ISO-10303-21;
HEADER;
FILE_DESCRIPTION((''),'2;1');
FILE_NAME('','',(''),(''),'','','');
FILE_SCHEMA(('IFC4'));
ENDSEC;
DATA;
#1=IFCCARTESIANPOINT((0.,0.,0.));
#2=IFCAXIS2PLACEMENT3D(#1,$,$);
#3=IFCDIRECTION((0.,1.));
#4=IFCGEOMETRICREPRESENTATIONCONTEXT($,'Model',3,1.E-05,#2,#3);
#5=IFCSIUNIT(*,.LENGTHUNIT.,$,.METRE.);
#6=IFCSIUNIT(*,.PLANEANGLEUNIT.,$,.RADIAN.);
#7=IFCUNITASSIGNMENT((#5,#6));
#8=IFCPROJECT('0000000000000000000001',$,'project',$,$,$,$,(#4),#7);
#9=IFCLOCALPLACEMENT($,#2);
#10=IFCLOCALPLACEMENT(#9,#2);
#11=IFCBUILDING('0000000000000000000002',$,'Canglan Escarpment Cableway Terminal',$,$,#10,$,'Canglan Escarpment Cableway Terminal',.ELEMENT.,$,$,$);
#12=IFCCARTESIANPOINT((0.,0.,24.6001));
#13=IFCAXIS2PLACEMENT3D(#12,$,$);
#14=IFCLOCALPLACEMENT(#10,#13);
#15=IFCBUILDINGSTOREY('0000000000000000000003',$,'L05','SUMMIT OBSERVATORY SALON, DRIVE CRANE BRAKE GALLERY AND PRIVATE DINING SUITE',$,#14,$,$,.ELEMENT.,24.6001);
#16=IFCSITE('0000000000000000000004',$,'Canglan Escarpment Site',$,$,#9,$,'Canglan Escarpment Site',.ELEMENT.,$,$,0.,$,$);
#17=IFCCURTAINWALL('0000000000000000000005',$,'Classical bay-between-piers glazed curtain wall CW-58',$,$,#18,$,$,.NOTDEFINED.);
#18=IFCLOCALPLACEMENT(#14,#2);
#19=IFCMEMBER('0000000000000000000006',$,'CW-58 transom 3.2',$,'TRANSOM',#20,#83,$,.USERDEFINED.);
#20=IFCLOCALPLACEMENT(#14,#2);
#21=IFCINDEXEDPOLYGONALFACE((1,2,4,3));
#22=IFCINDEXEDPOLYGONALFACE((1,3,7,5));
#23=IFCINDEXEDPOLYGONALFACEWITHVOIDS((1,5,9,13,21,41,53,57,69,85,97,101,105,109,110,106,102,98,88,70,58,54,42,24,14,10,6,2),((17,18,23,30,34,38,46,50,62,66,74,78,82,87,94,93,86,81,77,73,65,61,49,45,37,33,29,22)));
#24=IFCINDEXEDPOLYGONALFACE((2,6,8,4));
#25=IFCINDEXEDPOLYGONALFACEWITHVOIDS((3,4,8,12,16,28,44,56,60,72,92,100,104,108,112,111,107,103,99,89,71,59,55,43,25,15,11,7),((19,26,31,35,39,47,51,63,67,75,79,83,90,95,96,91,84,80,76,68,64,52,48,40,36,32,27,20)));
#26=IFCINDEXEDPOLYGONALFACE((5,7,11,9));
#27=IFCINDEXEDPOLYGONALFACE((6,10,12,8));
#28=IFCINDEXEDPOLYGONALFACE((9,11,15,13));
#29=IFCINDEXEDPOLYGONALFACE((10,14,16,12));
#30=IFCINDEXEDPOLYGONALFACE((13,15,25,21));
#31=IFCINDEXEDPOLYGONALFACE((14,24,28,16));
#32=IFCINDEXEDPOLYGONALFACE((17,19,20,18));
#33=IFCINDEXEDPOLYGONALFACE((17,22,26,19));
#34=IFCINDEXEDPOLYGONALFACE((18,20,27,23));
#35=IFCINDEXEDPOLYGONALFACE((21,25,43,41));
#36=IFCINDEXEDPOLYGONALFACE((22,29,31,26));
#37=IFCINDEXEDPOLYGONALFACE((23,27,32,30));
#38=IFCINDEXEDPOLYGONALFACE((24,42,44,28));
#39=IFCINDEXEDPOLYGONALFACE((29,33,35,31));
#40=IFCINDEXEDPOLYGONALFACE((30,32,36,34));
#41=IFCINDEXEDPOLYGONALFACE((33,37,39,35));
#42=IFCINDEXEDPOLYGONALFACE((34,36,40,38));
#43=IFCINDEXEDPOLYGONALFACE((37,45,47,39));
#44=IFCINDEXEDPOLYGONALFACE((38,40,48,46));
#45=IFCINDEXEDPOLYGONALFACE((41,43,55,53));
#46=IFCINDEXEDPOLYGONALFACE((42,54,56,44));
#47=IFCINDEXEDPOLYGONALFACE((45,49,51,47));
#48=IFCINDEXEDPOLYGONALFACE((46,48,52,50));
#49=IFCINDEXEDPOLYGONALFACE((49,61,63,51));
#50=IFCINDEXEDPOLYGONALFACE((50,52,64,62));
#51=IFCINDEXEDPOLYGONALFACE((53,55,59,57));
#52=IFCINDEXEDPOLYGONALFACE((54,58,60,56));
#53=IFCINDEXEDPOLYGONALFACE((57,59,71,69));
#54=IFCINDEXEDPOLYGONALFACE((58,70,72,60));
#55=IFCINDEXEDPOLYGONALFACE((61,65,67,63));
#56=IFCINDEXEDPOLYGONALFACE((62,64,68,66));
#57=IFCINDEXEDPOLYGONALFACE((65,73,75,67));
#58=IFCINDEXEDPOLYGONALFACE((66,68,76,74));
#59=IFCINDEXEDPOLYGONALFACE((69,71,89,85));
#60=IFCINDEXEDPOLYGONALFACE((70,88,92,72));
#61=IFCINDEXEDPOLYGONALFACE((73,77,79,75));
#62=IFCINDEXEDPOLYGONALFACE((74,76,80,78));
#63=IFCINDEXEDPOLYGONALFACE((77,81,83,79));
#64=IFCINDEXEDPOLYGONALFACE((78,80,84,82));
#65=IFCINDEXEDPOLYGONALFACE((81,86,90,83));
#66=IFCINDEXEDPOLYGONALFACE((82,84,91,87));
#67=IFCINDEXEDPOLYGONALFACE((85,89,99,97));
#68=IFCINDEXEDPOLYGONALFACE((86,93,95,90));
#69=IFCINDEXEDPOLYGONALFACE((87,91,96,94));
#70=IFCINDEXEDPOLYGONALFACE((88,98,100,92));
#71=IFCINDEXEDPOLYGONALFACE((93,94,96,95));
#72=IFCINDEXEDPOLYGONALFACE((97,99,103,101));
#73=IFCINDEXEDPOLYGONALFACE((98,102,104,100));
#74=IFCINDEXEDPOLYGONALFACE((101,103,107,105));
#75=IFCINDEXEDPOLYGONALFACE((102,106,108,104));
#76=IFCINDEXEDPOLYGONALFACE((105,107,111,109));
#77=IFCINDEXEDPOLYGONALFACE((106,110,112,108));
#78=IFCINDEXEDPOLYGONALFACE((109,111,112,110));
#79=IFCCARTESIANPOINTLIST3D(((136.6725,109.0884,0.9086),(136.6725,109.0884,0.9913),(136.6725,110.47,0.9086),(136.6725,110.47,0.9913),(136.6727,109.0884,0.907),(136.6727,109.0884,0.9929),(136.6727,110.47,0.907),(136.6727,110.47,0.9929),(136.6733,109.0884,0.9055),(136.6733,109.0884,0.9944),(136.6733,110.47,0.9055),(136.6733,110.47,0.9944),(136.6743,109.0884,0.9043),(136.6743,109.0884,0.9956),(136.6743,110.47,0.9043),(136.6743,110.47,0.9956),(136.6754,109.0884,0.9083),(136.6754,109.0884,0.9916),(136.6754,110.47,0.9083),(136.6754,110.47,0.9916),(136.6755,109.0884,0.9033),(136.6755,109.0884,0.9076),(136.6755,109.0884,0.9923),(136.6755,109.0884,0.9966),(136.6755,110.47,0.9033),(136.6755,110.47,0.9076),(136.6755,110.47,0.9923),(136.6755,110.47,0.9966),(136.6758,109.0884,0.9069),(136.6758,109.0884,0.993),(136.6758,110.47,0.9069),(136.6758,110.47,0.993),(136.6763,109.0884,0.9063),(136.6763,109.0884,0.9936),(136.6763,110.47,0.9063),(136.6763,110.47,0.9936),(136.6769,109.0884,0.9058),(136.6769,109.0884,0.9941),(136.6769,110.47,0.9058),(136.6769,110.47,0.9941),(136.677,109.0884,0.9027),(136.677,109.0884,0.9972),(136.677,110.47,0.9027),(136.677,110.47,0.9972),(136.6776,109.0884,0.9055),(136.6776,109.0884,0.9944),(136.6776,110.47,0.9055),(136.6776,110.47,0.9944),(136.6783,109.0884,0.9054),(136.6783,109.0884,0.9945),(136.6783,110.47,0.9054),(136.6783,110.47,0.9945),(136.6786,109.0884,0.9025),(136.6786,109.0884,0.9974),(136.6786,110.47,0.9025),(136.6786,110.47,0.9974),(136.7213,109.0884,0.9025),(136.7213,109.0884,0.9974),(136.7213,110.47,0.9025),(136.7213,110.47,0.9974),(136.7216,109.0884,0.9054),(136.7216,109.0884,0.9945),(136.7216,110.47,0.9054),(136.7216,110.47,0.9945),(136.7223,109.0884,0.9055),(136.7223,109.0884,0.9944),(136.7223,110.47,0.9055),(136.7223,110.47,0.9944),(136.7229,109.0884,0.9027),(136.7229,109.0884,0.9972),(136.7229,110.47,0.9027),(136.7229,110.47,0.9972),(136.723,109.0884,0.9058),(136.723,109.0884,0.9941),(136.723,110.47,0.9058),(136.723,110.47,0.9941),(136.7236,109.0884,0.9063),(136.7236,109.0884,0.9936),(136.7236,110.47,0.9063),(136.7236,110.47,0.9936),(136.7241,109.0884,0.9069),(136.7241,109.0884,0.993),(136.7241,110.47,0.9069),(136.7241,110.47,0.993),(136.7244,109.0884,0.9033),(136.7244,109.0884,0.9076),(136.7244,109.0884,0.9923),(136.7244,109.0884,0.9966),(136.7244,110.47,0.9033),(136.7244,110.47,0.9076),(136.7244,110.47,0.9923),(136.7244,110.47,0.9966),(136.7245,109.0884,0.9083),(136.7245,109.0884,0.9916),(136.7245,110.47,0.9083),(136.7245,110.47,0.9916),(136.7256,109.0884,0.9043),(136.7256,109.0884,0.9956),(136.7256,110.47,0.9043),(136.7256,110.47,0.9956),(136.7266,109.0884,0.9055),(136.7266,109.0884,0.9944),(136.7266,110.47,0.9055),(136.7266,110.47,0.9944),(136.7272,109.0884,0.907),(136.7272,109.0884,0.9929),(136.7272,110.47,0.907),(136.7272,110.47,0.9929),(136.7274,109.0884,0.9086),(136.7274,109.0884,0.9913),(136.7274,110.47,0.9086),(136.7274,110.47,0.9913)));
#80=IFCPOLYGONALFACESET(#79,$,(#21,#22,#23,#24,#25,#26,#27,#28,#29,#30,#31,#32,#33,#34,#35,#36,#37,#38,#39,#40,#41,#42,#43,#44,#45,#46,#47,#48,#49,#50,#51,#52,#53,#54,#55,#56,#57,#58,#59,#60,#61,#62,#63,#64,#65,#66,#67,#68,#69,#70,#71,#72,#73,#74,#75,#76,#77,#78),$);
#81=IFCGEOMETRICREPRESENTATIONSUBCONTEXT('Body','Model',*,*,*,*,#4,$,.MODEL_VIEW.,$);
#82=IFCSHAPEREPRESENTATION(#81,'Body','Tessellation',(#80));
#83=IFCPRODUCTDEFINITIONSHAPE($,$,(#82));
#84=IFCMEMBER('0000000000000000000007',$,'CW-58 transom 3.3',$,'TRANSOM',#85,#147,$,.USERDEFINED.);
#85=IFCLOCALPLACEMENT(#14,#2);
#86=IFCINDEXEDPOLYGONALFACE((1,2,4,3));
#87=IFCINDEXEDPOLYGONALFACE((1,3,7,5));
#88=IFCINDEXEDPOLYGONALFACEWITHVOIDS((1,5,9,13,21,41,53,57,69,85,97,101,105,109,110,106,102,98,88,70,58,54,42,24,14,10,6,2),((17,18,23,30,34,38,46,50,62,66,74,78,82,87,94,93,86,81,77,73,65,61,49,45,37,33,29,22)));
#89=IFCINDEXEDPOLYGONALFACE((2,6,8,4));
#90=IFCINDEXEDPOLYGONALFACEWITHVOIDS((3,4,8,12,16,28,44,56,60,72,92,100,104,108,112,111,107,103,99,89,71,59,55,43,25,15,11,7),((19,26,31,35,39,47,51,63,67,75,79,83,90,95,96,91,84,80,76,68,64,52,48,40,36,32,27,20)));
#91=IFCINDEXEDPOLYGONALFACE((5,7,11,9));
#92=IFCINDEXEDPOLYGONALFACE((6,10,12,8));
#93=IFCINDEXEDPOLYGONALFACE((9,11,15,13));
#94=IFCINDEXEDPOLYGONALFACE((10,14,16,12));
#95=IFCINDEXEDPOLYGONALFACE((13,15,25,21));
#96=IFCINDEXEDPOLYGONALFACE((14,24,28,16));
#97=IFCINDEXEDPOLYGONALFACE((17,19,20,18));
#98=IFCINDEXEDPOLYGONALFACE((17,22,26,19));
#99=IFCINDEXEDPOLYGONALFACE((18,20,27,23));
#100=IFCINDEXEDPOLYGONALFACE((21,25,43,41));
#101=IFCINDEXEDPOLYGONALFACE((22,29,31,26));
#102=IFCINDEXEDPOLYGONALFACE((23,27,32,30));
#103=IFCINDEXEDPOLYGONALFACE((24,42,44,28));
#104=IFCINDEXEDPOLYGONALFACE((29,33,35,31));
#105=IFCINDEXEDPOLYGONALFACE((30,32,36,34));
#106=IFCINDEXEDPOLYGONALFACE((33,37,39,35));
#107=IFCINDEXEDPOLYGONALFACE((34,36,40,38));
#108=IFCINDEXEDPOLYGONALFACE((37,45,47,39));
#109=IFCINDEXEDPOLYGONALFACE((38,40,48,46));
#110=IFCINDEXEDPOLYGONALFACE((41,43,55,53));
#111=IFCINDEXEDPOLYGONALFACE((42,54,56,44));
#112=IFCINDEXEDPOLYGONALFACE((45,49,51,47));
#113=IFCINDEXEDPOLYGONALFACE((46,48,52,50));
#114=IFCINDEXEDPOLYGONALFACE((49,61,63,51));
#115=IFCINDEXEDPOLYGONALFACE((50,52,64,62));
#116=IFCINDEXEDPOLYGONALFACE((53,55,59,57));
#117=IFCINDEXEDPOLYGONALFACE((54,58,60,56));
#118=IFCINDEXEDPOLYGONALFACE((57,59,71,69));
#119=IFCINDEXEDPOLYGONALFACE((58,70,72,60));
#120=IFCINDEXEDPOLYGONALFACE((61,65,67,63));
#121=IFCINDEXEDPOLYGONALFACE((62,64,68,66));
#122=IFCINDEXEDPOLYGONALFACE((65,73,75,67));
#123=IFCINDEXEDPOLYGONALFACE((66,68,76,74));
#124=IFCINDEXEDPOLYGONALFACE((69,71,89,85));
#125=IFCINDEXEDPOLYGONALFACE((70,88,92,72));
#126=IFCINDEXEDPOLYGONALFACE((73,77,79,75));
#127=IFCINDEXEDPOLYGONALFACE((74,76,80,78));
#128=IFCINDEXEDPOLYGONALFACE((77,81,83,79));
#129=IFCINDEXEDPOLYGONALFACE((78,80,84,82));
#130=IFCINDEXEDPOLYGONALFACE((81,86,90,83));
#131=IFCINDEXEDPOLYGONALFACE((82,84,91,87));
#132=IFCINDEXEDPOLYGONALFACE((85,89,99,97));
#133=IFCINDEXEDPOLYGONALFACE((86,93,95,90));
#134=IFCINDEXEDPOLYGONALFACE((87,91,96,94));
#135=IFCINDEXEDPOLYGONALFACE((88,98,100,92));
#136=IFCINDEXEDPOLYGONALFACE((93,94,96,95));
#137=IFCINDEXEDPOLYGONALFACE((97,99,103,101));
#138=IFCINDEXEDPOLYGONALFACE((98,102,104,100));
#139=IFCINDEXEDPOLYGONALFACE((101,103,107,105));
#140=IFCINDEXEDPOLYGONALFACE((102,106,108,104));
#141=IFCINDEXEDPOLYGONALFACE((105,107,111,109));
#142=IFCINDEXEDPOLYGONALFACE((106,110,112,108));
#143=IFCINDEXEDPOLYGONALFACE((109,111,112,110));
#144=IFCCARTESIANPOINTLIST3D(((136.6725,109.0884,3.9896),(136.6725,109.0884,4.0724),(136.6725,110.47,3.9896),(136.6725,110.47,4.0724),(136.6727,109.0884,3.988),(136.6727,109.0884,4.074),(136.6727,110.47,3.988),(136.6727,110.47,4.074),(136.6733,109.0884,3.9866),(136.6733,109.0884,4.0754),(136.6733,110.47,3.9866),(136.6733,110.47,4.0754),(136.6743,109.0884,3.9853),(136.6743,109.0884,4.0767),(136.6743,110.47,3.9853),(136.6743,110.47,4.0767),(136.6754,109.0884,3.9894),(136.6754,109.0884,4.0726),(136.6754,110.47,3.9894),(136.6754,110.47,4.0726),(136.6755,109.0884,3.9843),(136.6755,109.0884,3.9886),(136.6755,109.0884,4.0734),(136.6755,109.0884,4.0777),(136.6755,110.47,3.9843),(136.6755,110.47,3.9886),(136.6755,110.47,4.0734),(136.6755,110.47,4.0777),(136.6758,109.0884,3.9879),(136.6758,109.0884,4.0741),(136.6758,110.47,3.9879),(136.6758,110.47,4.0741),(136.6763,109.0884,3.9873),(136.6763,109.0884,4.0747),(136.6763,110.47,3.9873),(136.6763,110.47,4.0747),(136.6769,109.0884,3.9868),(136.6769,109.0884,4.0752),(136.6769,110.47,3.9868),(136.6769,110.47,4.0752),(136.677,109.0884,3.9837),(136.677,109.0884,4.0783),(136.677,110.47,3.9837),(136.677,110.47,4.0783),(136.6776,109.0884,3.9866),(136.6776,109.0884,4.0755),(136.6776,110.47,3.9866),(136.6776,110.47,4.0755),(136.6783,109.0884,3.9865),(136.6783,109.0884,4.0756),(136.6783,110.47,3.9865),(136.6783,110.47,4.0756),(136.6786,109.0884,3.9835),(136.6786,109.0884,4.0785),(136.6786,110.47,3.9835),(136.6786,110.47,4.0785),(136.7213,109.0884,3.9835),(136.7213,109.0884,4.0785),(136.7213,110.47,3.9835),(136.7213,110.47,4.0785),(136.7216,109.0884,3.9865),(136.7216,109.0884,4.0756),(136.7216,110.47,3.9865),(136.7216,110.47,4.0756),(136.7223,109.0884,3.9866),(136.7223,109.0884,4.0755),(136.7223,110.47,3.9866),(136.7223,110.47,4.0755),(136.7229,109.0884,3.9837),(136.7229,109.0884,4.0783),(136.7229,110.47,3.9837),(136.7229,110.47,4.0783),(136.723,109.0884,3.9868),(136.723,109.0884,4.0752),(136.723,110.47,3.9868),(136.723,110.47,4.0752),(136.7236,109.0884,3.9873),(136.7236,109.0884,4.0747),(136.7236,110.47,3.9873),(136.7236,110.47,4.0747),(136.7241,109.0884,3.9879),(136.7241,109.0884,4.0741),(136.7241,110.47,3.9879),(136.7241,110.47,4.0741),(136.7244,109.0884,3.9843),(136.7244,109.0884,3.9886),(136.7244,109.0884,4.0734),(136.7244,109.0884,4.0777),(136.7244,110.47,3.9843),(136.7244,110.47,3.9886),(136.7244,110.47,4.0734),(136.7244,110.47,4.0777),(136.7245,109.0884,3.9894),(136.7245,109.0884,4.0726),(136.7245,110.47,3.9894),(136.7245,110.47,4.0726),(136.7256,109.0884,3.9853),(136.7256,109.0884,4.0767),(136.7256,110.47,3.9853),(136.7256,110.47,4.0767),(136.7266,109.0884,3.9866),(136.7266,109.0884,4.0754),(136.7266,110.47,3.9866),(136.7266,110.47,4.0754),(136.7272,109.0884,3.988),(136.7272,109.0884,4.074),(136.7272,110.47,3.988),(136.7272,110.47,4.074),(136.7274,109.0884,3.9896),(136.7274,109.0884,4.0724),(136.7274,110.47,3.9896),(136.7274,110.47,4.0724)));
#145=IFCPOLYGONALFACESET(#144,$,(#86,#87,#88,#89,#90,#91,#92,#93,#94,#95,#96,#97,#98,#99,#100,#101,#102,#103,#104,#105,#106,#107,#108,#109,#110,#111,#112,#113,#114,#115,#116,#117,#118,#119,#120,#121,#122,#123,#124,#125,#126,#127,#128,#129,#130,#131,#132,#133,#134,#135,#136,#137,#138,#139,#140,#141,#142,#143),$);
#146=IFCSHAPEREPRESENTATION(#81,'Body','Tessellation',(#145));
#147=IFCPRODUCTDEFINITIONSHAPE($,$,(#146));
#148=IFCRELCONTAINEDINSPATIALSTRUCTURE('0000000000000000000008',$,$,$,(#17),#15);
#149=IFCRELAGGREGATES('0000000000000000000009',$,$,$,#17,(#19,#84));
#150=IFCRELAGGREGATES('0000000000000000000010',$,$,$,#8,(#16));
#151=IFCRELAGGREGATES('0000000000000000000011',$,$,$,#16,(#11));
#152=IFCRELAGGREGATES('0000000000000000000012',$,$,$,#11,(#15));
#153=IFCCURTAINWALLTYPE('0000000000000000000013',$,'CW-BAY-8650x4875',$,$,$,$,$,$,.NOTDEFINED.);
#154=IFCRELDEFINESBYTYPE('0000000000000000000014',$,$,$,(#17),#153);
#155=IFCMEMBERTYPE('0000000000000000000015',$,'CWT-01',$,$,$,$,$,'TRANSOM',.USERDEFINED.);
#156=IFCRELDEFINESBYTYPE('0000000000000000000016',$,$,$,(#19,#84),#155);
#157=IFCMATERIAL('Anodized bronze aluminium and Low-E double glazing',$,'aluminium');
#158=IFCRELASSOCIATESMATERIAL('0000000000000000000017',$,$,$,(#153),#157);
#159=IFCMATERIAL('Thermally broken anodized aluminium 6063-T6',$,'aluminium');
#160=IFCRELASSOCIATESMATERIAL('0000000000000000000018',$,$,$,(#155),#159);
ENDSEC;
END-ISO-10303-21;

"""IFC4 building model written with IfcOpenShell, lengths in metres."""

from ifc_helpers import new_model, si_unit, direction, frame, origin, origin_2d, place, context, subcontext, project, spatial, hollow_rectangle, extrude, material, material_profile, profile_set, type_object, element, aggregate, save


model = new_model("IFC4")

# Units and contexts
model_context = context("Model", 3, precision=1e-05, world=origin(), true_north=direction((0.0, 1.0)))
body_context = subcontext(model_context, "Body", "Model", "MODEL_VIEW")
ifc_project = project(units=[si_unit("LENGTHUNIT", "METRE"), si_unit("PLANEANGLEUNIT", "RADIAN")], contexts=[model_context])

# Site, building, storey
site_placement = place(None, origin())
site = spatial("IfcSite", under=ifc_project, at=site_placement, Name="Canglan Escarpment Site", LongName="Canglan Escarpment Site", CompositionType="ELEMENT", RefElevation=0.0)
building_placement = place(site_placement, origin())
building = spatial("IfcBuilding", under=site, at=building_placement, Name="Canglan Escarpment Cableway Terminal", LongName="Canglan Escarpment Cableway Terminal", CompositionType="ELEMENT")
storey_placement = place(building_placement, frame((0.0, 0.0, 24.6001)))
storey = spatial("IfcBuildingStorey", under=building, at=storey_placement, Name="L05", Description="SUMMIT OBSERVATORY SALON, DRIVE CRANE BRAKE GALLERY AND PRIVATE DINING SUITE", CompositionType="ELEMENT", Elevation=24.6001)

# Curtain wall
ifc_material_1 = material(Name="Anodized bronze aluminium and Low-E double glazing", Category="aluminium")
curtain_wall_type = type_object("IfcCurtainWallType", Name="CW-BAY-8650x4875", PredefinedType="NOTDEFINED", material=ifc_material_1)
curtain_wall_1_placement = place(storey_placement, origin())
curtain_wall_1 = element("IfcCurtainWall", 1, at=curtain_wall_1_placement, inside=storey, type_object=curtain_wall_type, Name="Classical bay-between-piers glazed curtain wall CW-58", PredefinedType="NOTDEFINED")
ifc_material_2 = material(Name="Thermally broken anodized aluminium 6063-T6", Category="aluminium")

# Members
ifc_material_profile_1 = material_profile(ifc_material_2, hollow_rectangle(XDim=0.0549, YDim=0.095, WallThickness=0.0029, InnerFilletRadius=0.0029, OuterFilletRadius=0.0061, at=origin_2d()), Name="ALU-TRAN 55x95x3")
ifc_profile_set_1 = profile_set([ifc_material_profile_1], Name="Thermally broken anodized aluminium 6063-T6")
member_type_1 = type_object("IfcMemberType", Name="CWT-01", ElementType="TRANSOM", PredefinedType="USERDEFINED", material=ifc_profile_set_1)
member_1_placement = place(storey_placement, frame((136.7, 109.0884, 0.95), z_axis=(0.0, 1.0, 0.0), x_axis=(-1.0, 0.0, 0.0)))
member_1 = element("IfcMember", 2, at=member_1_placement, type_object=member_type_1, Name="CW-58 transom 3.2", ObjectType="TRANSOM", PredefinedType="USERDEFINED", context=body_context, shape_type="SweptSolid", body=[
    extrude(hollow_rectangle(XDim=0.0549, YDim=0.095, WallThickness=0.0029, InnerFilletRadius=0.0029, OuterFilletRadius=0.0061, at=origin_2d()), origin(), (0.0, 0.0, 1.0), 1.3816),
])
member_2_placement = place(storey_placement, frame((136.7, 109.0884, 4.031), z_axis=(0.0, 1.0, 0.0), x_axis=(-1.0, 0.0, 0.0)))
member_2 = element("IfcMember", 3, at=member_2_placement, type_object=member_type_1, Name="CW-58 transom 3.3", ObjectType="TRANSOM", PredefinedType="USERDEFINED", context=body_context, shape_type="SweptSolid", body=[
    extrude(hollow_rectangle(XDim=0.0549, YDim=0.095, WallThickness=0.0029, InnerFilletRadius=0.0029, OuterFilletRadius=0.0061, at=origin_2d()), origin(), (0.0, 0.0, 1.0), 1.3816),
])

aggregate(curtain_wall_1, [member_1, member_2])

save(model, "model.ifc")
